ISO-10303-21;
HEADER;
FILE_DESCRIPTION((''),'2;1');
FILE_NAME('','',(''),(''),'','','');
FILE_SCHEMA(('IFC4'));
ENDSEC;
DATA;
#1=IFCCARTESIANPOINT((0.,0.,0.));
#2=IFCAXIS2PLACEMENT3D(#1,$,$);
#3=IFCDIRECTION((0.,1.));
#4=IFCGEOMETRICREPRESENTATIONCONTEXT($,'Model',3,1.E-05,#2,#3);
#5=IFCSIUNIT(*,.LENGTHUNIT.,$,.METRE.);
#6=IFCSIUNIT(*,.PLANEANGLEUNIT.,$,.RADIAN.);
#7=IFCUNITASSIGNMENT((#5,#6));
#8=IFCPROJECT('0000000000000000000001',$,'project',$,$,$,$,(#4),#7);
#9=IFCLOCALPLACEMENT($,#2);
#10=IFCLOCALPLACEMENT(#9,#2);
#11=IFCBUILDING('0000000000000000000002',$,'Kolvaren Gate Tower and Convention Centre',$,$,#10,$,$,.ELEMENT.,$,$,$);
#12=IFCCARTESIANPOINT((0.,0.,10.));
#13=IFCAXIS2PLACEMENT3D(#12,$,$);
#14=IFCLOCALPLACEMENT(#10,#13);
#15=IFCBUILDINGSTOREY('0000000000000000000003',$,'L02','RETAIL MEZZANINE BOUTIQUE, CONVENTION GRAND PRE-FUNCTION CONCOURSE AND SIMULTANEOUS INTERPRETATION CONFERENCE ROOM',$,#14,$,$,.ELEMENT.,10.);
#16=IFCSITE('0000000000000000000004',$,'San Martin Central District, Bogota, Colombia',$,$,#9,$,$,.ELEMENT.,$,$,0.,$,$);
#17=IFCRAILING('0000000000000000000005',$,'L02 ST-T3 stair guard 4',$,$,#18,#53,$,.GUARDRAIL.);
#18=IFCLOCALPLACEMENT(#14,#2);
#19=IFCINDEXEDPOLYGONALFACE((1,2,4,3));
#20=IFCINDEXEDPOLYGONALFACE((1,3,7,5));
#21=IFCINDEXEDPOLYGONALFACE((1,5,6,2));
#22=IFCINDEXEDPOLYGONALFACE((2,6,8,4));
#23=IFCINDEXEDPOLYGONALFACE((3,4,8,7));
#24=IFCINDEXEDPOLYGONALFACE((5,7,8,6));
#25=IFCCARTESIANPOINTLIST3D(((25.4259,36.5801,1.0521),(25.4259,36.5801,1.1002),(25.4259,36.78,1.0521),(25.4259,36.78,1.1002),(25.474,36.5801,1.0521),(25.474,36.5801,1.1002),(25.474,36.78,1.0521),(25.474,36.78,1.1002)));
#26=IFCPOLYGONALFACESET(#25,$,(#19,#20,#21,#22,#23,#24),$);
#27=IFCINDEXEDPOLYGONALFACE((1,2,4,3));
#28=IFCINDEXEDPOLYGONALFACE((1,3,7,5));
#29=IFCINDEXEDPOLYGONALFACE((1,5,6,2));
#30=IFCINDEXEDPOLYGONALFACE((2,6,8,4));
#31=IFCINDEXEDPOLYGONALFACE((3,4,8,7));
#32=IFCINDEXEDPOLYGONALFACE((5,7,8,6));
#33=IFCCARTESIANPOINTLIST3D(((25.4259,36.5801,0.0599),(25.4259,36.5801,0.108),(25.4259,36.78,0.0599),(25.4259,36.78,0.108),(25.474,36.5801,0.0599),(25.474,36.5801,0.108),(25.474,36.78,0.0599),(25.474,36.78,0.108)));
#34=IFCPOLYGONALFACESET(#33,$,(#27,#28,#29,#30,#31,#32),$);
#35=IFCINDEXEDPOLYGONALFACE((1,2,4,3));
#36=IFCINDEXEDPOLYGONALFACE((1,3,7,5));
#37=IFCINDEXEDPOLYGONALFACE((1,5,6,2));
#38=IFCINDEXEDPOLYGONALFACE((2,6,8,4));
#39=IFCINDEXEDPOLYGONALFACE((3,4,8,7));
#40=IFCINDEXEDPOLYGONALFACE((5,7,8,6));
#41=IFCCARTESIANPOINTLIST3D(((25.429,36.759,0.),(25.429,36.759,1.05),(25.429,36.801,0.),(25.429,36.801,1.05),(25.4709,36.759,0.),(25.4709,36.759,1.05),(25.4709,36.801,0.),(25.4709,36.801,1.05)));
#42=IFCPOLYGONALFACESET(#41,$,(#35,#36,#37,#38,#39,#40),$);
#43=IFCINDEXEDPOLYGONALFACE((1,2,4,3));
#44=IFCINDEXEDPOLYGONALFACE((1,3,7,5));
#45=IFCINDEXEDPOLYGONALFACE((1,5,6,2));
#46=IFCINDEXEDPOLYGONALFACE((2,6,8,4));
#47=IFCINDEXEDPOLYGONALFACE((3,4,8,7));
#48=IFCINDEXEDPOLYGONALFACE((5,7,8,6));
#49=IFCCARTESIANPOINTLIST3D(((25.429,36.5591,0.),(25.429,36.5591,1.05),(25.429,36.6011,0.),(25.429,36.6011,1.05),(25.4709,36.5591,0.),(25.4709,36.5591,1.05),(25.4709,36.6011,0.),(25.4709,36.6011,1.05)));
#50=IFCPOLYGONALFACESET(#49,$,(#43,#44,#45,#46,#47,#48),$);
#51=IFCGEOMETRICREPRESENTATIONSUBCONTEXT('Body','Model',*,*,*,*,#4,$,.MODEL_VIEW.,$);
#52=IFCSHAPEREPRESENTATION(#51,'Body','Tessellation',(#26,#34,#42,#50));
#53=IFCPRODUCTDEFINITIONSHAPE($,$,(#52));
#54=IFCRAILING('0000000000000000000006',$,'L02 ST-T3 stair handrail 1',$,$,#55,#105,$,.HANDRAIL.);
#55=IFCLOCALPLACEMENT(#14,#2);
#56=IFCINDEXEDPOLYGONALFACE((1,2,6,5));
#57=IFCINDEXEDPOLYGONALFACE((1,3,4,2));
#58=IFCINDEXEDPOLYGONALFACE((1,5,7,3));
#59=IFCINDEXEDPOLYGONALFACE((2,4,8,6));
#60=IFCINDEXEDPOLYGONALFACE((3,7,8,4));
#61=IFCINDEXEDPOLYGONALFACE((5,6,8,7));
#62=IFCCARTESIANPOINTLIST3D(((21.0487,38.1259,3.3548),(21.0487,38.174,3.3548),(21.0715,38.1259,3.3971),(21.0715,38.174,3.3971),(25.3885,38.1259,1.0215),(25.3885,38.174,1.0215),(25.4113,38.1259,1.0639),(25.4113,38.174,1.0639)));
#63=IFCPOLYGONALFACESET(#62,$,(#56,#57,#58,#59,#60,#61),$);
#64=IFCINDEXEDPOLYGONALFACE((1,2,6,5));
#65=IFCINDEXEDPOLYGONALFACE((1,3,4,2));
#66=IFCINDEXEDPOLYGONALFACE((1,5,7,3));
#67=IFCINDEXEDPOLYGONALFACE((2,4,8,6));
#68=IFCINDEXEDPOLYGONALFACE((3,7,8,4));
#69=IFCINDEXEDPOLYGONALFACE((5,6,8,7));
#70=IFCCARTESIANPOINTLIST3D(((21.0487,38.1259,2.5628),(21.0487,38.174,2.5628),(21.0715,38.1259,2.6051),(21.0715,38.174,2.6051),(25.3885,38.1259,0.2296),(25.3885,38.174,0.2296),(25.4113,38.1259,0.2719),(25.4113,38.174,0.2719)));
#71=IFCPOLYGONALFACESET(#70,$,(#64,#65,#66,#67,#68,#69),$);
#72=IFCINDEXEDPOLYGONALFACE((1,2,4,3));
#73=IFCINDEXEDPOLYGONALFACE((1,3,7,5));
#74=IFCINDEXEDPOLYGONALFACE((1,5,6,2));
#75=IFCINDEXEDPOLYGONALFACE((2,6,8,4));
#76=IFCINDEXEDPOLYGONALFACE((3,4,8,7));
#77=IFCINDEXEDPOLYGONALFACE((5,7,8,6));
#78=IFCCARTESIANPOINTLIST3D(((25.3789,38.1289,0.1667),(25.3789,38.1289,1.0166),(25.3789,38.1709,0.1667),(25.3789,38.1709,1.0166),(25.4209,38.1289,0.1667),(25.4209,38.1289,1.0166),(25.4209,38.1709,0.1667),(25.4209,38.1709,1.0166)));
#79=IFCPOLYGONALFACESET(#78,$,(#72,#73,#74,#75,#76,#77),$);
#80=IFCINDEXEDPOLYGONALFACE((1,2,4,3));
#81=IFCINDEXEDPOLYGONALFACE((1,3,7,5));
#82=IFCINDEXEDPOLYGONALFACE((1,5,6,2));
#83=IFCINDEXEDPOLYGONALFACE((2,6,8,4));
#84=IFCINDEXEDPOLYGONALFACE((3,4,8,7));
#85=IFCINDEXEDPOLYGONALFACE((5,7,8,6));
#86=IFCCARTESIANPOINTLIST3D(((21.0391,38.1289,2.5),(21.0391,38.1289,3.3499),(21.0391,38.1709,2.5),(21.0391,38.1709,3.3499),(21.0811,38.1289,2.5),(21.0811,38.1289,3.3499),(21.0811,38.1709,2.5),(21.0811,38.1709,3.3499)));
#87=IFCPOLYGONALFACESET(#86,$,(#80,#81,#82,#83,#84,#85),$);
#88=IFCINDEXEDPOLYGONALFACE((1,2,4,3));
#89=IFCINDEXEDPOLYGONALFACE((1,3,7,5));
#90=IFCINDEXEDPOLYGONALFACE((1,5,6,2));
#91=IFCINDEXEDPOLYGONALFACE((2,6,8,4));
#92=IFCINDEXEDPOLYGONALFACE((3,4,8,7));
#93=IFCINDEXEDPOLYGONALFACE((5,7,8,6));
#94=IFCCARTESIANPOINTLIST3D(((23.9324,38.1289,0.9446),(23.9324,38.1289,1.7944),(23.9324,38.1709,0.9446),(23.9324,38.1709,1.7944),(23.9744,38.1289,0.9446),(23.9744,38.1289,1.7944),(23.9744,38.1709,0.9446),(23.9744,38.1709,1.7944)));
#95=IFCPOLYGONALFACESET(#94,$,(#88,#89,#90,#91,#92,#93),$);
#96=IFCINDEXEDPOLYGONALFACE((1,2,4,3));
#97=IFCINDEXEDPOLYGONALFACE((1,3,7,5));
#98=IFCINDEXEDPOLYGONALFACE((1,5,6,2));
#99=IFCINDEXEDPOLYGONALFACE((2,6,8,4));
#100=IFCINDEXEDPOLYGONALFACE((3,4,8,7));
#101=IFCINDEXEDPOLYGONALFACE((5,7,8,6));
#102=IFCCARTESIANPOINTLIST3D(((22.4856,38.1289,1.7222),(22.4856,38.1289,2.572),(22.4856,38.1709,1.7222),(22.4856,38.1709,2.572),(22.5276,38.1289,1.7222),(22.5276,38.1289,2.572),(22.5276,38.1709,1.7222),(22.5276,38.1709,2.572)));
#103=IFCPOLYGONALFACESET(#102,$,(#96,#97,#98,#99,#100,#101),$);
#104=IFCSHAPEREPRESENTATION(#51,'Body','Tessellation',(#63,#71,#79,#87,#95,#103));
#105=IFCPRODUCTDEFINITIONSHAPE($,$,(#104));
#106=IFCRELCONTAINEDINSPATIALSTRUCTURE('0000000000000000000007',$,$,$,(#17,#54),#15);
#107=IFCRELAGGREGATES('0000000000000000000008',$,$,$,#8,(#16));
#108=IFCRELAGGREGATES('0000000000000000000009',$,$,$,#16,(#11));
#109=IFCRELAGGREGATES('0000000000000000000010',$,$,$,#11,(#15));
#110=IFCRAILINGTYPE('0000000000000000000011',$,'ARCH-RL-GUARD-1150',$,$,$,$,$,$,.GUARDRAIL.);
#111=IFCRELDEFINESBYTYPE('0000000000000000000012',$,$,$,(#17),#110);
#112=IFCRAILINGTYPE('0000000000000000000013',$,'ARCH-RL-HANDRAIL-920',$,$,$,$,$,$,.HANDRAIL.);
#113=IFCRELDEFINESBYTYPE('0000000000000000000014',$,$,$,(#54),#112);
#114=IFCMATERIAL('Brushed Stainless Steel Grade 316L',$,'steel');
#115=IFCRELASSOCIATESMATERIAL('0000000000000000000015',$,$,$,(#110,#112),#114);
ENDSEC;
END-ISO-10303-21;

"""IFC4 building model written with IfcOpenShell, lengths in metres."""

from ifc_helpers import new_model, si_unit, direction, frame, origin, origin_2d, place, context, subcontext, project, spatial, rectangle, extrude, material, type_object, element, save


model = new_model("IFC4")

# Units and contexts
model_context = context("Model", 3, precision=1e-05, world=origin(), true_north=direction((0.0, 1.0)))
body_context = subcontext(model_context, "Body", "Model", "MODEL_VIEW")
ifc_project = project(units=[si_unit("LENGTHUNIT", "METRE"), si_unit("PLANEANGLEUNIT", "RADIAN")], contexts=[model_context])

# Site, building, storey
site_placement = place(None, origin())
site = spatial("IfcSite", under=ifc_project, at=site_placement, Name="San Martin Central District, Bogota, Colombia", CompositionType="ELEMENT", RefElevation=0.0)
building_placement = place(site_placement, origin())
building = spatial("IfcBuilding", under=site, at=building_placement, Name="Kolvaren Gate Tower and Convention Centre", CompositionType="ELEMENT")
storey_placement = place(building_placement, frame((0.0, 0.0, 10.0)))
storey = spatial("IfcBuildingStorey", under=building, at=storey_placement, Name="L02", Description="RETAIL MEZZANINE BOUTIQUE, CONVENTION GRAND PRE-FUNCTION CONCOURSE AND SIMULTANEOUS INTERPRETATION CONFERENCE ROOM", CompositionType="ELEMENT", Elevation=10.0)

# Railings
ifc_material_1 = material(Name="Brushed Stainless Steel Grade 316L", Category="steel")
railing_type_1 = type_object("IfcRailingType", Name="ARCH-RL-GUARD-1150", PredefinedType="GUARDRAIL", material=ifc_material_1)
railing_1_placement = place(storey_placement, frame((25.45, 36.78, 0.0)))
element("IfcRailing", 1, at=railing_1_placement, inside=storey, type_object=railing_type_1, Name="L02 ST-T3 stair guard 4", PredefinedType="GUARDRAIL", context=body_context, shape_type="SweptSolid", body=[
    extrude(rectangle(XDim=0.0481, YDim=0.0481, at=origin_2d()), frame((0.0, 0.0, 1.0762), z_axis=(0.0, -1.0, 0.0), x_axis=(1.0, 0.0, 0.0)), (0.0, 0.0, 1.0), 0.2),
    extrude(rectangle(XDim=0.0481, YDim=0.0481, at=origin_2d()), frame((0.0, 0.0, 0.084), z_axis=(0.0, -1.0, 0.0), x_axis=(1.0, 0.0, 0.0)), (0.0, 0.0, 1.0), 0.2),
    extrude(rectangle(XDim=0.042, YDim=0.042, at=origin_2d()), origin(), (0.0, 0.0, 1.0), 1.05),
    extrude(rectangle(XDim=0.042, YDim=0.042, at=origin_2d()), frame((0.0, -0.2, 0.0)), (0.0, 0.0, 1.0), 1.05),
])
railing_type_2 = type_object("IfcRailingType", Name="ARCH-RL-HANDRAIL-920", PredefinedType="HANDRAIL", material=ifc_material_1)
railing_2_placement = place(storey_placement, frame((25.3999, 38.1499, 0.1667)))
element("IfcRailing", 2, at=railing_2_placement, inside=storey, type_object=railing_type_2, Name="L02 ST-T3 stair handrail 1", PredefinedType="HANDRAIL", context=body_context, shape_type="SweptSolid", body=[
    extrude(rectangle(XDim=0.0481, YDim=0.0481, at=origin_2d()), frame((0.0, 0.0, 0.876), z_axis=(-0.880775, 0.0, 0.473535), x_axis=(0.0, -1.0, 0.0)), (0.0, 0.0, 1.0), 4.9272),
    extrude(rectangle(XDim=0.0481, YDim=0.0481, at=origin_2d()), frame((0.0, 0.0, 0.084), z_axis=(-0.880775, 0.0, 0.473535), x_axis=(0.0, -1.0, 0.0)), (0.0, 0.0, 1.0), 4.9272),
    extrude(rectangle(XDim=0.042, YDim=0.042, at=origin_2d()), origin(), (0.0, 0.0, 1.0), 0.8499),
    extrude(rectangle(XDim=0.042, YDim=0.042, at=origin_2d()), frame((-4.3398, 0.0, 2.3333)), (0.0, 0.0, 1.0), 0.8499),
    extrude(rectangle(XDim=0.042, YDim=0.042, at=origin_2d()), frame((-1.4465, 0.0, 0.7778)), (0.0, 0.0, 1.0), 0.8499),
    extrude(rectangle(XDim=0.042, YDim=0.042, at=origin_2d()), frame((-2.8933, 0.0, 1.5554)), (0.0, 0.0, 1.0), 0.8499),
])

save(model, "model.ifc")
